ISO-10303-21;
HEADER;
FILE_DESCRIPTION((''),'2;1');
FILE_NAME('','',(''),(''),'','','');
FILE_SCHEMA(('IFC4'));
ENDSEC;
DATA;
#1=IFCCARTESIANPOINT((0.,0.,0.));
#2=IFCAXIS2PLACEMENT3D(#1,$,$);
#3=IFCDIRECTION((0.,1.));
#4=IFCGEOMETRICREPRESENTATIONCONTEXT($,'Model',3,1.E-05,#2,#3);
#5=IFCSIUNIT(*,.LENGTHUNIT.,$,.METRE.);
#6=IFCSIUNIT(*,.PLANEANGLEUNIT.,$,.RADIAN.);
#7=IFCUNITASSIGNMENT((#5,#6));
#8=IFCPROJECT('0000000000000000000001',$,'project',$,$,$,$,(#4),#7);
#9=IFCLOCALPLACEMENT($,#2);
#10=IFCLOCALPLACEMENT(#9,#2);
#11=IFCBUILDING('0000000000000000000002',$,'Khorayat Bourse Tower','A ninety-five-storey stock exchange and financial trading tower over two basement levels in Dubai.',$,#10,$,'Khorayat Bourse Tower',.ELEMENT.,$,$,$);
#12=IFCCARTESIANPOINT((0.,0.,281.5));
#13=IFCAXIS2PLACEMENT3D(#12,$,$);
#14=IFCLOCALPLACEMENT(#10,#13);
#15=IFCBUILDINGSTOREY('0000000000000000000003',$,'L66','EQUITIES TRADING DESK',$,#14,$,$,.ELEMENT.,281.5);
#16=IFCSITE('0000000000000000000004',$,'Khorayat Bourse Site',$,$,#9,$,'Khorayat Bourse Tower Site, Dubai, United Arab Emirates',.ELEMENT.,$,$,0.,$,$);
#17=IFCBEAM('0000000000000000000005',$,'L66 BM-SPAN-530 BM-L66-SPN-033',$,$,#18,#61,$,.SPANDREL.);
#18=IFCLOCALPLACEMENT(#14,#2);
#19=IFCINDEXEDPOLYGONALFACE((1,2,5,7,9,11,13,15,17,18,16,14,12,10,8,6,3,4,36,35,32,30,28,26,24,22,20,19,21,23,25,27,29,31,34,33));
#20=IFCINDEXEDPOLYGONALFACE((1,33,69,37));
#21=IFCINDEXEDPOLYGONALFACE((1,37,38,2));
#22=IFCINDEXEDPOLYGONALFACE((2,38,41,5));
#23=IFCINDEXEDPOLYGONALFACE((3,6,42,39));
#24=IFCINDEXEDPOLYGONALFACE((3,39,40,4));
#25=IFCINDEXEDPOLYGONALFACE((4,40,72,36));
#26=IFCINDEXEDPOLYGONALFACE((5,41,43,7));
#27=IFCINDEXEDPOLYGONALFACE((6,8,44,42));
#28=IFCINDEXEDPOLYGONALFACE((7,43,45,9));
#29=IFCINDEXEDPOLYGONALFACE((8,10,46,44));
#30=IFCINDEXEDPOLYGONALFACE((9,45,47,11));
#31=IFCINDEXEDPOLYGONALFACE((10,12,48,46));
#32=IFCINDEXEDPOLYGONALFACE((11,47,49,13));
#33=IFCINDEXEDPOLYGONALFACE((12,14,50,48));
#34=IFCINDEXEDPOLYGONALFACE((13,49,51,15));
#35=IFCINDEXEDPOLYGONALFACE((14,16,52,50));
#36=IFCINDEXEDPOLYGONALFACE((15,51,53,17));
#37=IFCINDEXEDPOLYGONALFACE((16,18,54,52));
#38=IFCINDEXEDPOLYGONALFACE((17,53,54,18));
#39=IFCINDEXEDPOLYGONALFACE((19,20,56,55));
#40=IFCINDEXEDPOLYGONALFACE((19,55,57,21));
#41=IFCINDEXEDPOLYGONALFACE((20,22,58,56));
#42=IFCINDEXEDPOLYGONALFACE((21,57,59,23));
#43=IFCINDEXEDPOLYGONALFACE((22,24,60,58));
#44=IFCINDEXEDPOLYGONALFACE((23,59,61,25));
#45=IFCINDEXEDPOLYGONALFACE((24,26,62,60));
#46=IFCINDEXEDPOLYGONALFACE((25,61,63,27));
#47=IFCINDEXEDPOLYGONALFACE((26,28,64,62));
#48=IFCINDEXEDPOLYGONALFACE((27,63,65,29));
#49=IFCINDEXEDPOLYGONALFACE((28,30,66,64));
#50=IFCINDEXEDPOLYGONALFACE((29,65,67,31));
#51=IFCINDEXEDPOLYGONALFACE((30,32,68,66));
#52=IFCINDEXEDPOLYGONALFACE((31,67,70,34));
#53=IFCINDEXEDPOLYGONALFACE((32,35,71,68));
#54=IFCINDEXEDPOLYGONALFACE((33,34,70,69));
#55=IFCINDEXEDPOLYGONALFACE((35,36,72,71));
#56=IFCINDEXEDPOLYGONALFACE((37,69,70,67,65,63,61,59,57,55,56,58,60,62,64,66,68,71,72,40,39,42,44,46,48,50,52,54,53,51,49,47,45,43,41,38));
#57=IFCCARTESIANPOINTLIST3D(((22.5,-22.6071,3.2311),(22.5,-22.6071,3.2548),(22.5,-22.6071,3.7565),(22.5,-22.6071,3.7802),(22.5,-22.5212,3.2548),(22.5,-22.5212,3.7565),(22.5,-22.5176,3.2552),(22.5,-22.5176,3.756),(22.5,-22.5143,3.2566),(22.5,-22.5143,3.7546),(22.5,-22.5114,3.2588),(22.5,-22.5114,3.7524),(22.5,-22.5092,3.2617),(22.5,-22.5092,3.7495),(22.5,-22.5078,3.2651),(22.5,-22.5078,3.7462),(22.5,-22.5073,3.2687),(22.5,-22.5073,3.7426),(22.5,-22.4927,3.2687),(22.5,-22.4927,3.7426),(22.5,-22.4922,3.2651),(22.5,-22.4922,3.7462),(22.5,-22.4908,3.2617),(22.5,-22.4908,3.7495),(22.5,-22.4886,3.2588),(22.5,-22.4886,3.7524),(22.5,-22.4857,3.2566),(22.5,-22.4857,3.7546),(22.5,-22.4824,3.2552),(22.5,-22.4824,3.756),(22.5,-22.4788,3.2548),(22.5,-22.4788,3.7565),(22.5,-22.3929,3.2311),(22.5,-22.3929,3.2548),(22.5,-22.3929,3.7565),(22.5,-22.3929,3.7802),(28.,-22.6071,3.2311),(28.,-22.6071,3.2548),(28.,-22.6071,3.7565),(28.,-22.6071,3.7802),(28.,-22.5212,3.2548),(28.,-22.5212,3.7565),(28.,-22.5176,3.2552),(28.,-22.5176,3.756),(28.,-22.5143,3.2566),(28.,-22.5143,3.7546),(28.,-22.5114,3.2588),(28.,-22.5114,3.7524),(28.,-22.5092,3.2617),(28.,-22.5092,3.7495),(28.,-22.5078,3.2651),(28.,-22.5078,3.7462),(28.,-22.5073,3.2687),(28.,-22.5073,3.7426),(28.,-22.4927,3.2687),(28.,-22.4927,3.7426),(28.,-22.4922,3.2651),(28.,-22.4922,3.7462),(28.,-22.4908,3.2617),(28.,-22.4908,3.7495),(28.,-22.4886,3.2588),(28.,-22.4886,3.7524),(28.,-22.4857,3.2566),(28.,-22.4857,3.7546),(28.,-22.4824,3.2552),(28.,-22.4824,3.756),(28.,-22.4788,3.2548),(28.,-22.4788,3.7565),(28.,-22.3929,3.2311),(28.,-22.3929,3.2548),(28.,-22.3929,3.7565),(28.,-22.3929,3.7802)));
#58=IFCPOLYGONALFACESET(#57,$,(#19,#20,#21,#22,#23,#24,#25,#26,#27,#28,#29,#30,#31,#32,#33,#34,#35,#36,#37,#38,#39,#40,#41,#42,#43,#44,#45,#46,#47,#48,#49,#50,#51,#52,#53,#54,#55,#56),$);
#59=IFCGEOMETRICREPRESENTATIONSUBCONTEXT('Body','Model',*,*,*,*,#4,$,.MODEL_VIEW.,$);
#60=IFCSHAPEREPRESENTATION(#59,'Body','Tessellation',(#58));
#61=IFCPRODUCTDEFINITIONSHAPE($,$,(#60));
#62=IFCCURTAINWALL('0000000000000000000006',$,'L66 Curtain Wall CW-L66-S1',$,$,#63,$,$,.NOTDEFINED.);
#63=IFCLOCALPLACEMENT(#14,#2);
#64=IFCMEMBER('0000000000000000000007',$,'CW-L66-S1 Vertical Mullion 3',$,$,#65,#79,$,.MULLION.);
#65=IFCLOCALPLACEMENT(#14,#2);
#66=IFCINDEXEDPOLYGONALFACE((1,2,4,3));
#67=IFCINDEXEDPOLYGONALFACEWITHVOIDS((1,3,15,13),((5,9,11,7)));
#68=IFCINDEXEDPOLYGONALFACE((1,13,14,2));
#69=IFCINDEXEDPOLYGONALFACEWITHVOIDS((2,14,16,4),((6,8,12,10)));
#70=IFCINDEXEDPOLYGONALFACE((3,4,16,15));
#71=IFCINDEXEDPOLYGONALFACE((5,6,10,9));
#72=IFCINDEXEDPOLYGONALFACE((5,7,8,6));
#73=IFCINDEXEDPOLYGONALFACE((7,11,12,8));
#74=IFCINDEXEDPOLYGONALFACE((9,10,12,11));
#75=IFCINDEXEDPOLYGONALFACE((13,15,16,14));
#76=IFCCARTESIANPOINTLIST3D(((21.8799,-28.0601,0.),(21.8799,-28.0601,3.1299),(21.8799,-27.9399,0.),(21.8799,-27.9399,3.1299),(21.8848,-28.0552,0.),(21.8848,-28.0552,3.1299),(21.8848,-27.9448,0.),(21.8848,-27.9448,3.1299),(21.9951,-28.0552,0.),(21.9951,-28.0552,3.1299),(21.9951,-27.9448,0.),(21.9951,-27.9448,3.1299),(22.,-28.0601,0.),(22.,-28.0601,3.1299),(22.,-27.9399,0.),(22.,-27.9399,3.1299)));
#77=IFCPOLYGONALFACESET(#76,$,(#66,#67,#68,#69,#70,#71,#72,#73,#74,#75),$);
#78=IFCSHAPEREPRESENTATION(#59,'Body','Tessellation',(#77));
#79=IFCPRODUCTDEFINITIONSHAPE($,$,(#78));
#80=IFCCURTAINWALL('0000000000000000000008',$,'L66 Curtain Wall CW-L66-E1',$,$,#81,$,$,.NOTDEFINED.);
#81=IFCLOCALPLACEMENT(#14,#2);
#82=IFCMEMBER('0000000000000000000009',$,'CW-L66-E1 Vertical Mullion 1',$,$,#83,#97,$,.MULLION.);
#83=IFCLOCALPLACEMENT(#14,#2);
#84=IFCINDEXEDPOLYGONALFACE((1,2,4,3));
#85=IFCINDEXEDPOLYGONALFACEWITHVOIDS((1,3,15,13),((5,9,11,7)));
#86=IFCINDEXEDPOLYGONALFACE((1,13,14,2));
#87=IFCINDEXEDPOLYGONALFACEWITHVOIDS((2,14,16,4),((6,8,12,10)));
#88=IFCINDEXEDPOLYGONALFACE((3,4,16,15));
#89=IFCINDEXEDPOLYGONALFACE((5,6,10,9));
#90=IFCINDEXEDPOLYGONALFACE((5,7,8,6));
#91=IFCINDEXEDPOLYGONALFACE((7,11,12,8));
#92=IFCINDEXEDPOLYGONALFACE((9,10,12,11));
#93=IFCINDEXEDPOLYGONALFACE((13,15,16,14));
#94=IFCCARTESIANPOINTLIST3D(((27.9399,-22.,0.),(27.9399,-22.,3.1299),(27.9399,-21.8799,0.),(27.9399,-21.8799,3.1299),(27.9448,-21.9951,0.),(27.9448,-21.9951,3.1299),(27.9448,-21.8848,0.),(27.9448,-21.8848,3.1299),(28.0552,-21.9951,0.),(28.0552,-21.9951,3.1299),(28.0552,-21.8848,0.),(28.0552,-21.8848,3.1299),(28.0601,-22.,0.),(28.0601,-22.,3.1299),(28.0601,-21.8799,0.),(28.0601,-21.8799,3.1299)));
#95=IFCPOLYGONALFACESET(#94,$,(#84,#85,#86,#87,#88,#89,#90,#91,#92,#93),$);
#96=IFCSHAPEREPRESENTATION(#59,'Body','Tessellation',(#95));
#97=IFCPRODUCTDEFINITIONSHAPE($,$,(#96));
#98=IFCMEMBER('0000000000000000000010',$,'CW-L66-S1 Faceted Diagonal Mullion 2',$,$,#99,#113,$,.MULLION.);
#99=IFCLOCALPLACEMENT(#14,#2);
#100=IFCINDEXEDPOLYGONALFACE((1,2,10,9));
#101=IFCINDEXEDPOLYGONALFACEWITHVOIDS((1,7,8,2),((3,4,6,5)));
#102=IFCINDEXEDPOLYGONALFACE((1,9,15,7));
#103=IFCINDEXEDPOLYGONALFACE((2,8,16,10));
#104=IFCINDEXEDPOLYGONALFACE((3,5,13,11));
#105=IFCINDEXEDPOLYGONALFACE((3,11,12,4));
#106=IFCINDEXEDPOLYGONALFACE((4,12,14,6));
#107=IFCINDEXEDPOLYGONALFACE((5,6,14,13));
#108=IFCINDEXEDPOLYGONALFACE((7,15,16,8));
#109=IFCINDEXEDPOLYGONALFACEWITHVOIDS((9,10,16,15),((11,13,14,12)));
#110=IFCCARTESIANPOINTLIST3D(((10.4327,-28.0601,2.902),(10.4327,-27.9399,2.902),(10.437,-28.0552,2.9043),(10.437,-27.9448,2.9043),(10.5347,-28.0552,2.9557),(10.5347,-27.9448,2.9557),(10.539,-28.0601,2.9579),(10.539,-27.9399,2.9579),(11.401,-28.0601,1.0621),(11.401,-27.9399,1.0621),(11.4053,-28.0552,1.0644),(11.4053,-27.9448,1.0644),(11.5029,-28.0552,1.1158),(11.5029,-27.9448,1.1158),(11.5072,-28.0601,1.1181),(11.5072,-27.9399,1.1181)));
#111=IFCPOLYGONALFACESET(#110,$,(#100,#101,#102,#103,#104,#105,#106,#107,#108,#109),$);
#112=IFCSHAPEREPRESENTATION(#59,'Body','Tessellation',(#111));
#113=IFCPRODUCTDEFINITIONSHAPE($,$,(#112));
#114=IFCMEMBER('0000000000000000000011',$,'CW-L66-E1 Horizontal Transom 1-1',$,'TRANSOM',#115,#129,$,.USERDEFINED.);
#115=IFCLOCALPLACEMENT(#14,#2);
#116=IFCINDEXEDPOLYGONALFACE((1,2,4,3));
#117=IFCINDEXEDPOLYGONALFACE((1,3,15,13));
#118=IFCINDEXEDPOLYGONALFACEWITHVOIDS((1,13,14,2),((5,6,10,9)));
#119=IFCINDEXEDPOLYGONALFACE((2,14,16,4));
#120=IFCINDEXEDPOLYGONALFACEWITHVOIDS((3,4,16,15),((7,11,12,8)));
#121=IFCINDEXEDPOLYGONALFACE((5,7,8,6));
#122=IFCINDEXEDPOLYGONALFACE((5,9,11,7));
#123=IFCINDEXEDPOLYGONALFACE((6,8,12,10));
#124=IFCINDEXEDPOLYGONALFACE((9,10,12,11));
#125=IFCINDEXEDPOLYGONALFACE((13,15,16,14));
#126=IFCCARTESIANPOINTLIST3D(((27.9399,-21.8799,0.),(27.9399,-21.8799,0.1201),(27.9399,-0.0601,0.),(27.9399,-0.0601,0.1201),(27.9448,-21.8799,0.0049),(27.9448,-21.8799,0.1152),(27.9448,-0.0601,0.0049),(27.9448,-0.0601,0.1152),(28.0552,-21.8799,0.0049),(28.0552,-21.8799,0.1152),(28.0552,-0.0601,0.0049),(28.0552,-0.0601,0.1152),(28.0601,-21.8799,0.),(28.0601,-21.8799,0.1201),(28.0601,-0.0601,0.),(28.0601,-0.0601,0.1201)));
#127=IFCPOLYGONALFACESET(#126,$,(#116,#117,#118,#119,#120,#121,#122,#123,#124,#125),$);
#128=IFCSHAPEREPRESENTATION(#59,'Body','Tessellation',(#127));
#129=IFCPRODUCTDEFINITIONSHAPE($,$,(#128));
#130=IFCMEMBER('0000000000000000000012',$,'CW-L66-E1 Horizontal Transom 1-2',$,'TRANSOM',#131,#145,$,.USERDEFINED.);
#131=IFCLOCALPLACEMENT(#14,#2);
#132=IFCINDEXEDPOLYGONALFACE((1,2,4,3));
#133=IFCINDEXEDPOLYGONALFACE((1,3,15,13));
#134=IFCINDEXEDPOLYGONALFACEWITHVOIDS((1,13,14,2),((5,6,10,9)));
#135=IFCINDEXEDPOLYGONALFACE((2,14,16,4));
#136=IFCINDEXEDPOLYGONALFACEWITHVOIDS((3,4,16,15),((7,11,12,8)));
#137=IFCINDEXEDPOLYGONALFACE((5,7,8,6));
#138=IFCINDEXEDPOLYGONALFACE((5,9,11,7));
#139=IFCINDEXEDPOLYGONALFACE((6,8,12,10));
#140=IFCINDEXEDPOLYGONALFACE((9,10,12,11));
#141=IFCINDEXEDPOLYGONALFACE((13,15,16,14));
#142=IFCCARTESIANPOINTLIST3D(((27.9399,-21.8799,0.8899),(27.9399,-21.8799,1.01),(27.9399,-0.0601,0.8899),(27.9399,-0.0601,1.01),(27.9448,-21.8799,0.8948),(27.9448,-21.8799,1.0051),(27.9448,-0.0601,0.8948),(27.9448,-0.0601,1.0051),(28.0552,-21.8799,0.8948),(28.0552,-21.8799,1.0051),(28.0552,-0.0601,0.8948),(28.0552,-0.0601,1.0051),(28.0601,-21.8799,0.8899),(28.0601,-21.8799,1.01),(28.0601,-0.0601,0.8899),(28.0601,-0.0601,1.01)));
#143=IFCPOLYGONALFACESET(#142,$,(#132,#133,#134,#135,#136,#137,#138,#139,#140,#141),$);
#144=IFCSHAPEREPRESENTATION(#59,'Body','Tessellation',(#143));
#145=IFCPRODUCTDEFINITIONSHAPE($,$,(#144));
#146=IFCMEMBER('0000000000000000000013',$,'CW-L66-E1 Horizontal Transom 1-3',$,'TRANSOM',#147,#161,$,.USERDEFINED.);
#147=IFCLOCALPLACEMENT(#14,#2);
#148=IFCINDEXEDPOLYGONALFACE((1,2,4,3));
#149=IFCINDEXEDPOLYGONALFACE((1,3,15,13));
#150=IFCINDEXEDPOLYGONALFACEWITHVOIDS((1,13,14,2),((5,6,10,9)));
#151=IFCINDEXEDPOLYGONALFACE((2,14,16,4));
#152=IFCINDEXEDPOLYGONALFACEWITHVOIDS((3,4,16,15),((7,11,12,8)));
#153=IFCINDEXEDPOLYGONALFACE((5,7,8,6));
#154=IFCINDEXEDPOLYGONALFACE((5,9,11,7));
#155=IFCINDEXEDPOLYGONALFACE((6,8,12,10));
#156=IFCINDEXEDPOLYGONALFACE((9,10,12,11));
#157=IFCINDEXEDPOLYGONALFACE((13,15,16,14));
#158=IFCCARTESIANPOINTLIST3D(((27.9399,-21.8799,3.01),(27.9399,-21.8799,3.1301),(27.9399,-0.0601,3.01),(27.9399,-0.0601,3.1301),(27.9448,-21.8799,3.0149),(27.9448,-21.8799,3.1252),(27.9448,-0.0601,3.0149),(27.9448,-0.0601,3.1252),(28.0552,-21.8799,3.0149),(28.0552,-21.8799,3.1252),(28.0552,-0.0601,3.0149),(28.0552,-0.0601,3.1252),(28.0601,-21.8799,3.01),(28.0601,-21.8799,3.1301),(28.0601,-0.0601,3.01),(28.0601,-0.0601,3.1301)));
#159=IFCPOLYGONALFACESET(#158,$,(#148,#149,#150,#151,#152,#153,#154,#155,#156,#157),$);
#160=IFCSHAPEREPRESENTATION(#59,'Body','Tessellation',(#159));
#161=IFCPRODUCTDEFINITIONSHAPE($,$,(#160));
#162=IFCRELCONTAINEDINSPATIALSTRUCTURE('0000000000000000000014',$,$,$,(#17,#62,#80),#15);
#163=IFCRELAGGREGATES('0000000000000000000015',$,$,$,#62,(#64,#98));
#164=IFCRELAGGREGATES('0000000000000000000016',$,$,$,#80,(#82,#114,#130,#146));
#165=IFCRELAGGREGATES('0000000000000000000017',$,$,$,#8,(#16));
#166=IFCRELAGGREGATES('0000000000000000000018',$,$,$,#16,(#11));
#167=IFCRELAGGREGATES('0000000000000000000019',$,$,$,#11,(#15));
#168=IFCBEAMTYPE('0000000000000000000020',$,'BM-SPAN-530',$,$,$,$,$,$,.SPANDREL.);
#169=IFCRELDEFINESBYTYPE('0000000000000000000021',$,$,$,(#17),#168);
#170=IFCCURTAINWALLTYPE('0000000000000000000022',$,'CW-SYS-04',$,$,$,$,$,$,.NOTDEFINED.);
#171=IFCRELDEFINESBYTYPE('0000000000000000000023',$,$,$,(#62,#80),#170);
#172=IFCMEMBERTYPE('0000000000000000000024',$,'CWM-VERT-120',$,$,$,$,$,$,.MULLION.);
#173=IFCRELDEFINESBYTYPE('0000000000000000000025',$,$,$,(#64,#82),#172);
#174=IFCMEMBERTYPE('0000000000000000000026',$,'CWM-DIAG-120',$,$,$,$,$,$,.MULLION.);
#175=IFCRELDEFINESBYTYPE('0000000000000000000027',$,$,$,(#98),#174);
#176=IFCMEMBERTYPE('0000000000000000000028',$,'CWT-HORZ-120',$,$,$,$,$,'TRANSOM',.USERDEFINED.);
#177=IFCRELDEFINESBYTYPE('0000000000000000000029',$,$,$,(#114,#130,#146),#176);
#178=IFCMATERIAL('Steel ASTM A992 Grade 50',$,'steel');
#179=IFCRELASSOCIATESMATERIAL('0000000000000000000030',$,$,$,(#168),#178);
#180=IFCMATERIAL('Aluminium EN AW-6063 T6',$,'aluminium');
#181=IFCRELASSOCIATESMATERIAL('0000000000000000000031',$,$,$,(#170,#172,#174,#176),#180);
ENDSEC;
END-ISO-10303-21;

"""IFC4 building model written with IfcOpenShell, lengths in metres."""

from ifc_helpers import new_model, si_unit, direction, frame, origin, origin_2d, place, context, subcontext, project, spatial, hollow_rectangle, i_section, extrude, source, transform, mapped, material, material_profile, profile_set, type_object, element, aggregate, save


model = new_model("IFC4")

# Units and contexts
model_context = context("Model", 3, precision=1e-05, world=origin(), true_north=direction((0.0, 1.0)))
body_context = subcontext(model_context, "Body", "Model", "MODEL_VIEW")
ifc_project = project(units=[si_unit("LENGTHUNIT", "METRE"), si_unit("PLANEANGLEUNIT", "RADIAN")], contexts=[model_context])

# Site, building, storey
site_placement = place(None, origin())
site = spatial("IfcSite", under=ifc_project, at=site_placement, Name="Khorayat Bourse Site", LongName="Khorayat Bourse Tower Site, Dubai, United Arab Emirates", CompositionType="ELEMENT", RefElevation=0.0)
building_placement = place(site_placement, origin())
building = spatial("IfcBuilding", under=site, at=building_placement, Name="Khorayat Bourse Tower", Description="A ninety-five-storey stock exchange and financial trading tower over two basement levels in Dubai.", LongName="Khorayat Bourse Tower", CompositionType="ELEMENT")
storey_placement = place(building_placement, frame((0.0, 0.0, 281.5)))
storey = spatial("IfcBuildingStorey", under=building, at=storey_placement, Name="L66", Description="EQUITIES TRADING DESK", CompositionType="ELEMENT", Elevation=281.5)

# Beam
ifc_material_1 = material(Name="Steel ASTM A992 Grade 50", Category="steel")
ifc_material_profile_1 = material_profile(ifc_material_1, i_section(OverallWidth=0.2141, OverallDepth=0.5491, WebThickness=0.0146, FlangeThickness=0.0237, FilletRadius=0.0139, at=origin_2d()), Name="W530X138")
ifc_profile_set_1 = profile_set([ifc_material_profile_1], Name="Steel ASTM A992 Grade 50")
beam_type_1 = type_object("IfcBeamType", Name="BM-SPAN-530", PredefinedType="SPANDREL", material=ifc_profile_set_1)
shared_shape_1 = source(origin(), body_context, "Body", "SweptSolid", [
    extrude(i_section(OverallWidth=0.2141, OverallDepth=0.5491, WebThickness=0.0146, FlangeThickness=0.0237, FilletRadius=0.0139, at=origin_2d()), origin(), (0.0, 0.0, 1.0), 5.5),
])
for number, where, z_axis, x_axis, name in (
    (1, (22.5, -22.5, 3.5056), (1.0, 0.0, 0.0), (0.0, 1.0, 0.0), "L66 BM-SPAN-530 BM-L66-SPN-033"),
):
    element("IfcBeam", number, at=place(storey_placement, frame(where, z_axis=z_axis, x_axis=x_axis)), inside=storey, type_object=beam_type_1, Name=name, PredefinedType="SPANDREL", context=body_context, shape_type="MappedRepresentation", body=[
        mapped(shared_shape_1, transform((0.0, 0.0, 0.0), scale=1.0)),
    ])

# Curtain walls, members
ifc_material_2 = material(Name="Aluminium EN AW-6063 T6", Category="aluminium")
curtain_wall_type = type_object("IfcCurtainWallType", Name="CW-SYS-04", PredefinedType="NOTDEFINED", material=ifc_material_2)
curtain_wall_1_placement = place(storey_placement, origin())
curtain_wall_1 = element("IfcCurtainWall", 2, at=curtain_wall_1_placement, inside=storey, type_object=curtain_wall_type, Name="L66 Curtain Wall CW-L66-S1", PredefinedType="NOTDEFINED")
ifc_material_profile_2 = material_profile(ifc_material_2, hollow_rectangle(XDim=0.1201, YDim=0.1201, WallThickness=0.0049, at=origin_2d()), Name="ALU 120x120x5")
ifc_profile_set_2 = profile_set([ifc_material_profile_2], Name="Aluminium EN AW-6063 T6")
member_type_1 = type_object("IfcMemberType", Name="CWM-VERT-120", PredefinedType="MULLION", material=ifc_profile_set_2)
shared_shape_2 = source(origin(), body_context, "Body", "SweptSolid", [
    extrude(hollow_rectangle(XDim=0.1201, YDim=0.1201, WallThickness=0.0049, at=origin_2d()), origin(), (0.0, 0.0, 1.0), 3.1299),
])
member_1_placement = place(storey_placement, frame((21.9399, -28.0, 0.0), z_axis=(0.0, 0.0, 1.0), x_axis=(0.0, 1.0, 0.0)))
member_1 = element("IfcMember", 3, at=member_1_placement, type_object=member_type_1, Name="CW-L66-S1 Vertical Mullion 3", PredefinedType="MULLION", context=body_context, shape_type="MappedRepresentation", body=[
    mapped(shared_shape_2, transform((0.0, 0.0, 0.0), scale=1.0)),
])
curtain_wall_2_placement = place(storey_placement, origin())
curtain_wall_2 = element("IfcCurtainWall", 4, at=curtain_wall_2_placement, inside=storey, type_object=curtain_wall_type, Name="L66 Curtain Wall CW-L66-E1", PredefinedType="NOTDEFINED")
member_2_placement = place(storey_placement, frame((28.0, -21.9399, 0.0), z_axis=(0.0, 0.0, 1.0), x_axis=(-1.0, 0.0, 0.0)))
member_2 = element("IfcMember", 5, at=member_2_placement, type_object=member_type_1, Name="CW-L66-E1 Vertical Mullion 1", PredefinedType="MULLION", context=body_context, shape_type="MappedRepresentation", body=[
    mapped(shared_shape_2, transform((0.0, 0.0, 0.0), scale=1.0)),
])

# Members
ifc_material_profile_3 = material_profile(ifc_material_2, hollow_rectangle(XDim=0.1201, YDim=0.1201, WallThickness=0.0049, at=origin_2d()), Name="ALU 120x120x5")
ifc_profile_set_3 = profile_set([ifc_material_profile_3], Name="Aluminium EN AW-6063 T6")
member_type_2 = type_object("IfcMemberType", Name="CWM-DIAG-120", PredefinedType="MULLION", material=ifc_profile_set_3)
shared_shape_3 = source(origin(), body_context, "Body", "SweptSolid", [
    extrude(hollow_rectangle(XDim=0.1201, YDim=0.1201, WallThickness=0.0049, at=origin_2d()), origin(), (0.0, 0.0, 1.0), 2.0791),
])
member_3_placement = place(storey_placement, frame((11.4541, -28.0, 1.0901), z_axis=(-0.465717, 0.0, 0.884934), x_axis=(0.0, -1.0, 0.0)))
member_3 = element("IfcMember", 6, at=member_3_placement, type_object=member_type_2, Name="CW-L66-S1 Faceted Diagonal Mullion 2", PredefinedType="MULLION", context=body_context, shape_type="MappedRepresentation", body=[
    mapped(shared_shape_3, transform((0.0, 0.0, 0.0), scale=1.0)),
])
aggregate(curtain_wall_1, [member_1, member_3])
ifc_material_profile_4 = material_profile(ifc_material_2, hollow_rectangle(XDim=0.1201, YDim=0.1201, WallThickness=0.0049, at=origin_2d()), Name="ALU 120x120x5")
ifc_profile_set_4 = profile_set([ifc_material_profile_4], Name="Aluminium EN AW-6063 T6")
member_type_3 = type_object("IfcMemberType", Name="CWT-HORZ-120", ElementType="TRANSOM", PredefinedType="USERDEFINED", material=ifc_profile_set_4)
shared_shape_4 = source(origin(), body_context, "Body", "SweptSolid", [
    extrude(hollow_rectangle(XDim=0.1201, YDim=0.1201, WallThickness=0.0049, at=origin_2d()), origin(), (0.0, 0.0, 1.0), 21.8198),
])
member_4_placement = place(storey_placement, frame((28.0, -21.8799, 0.0601), z_axis=(0.0, 1.0, 0.0), x_axis=(-1.0, 0.0, 0.0)))
member_4 = element("IfcMember", 7, at=member_4_placement, type_object=member_type_3, Name="CW-L66-E1 Horizontal Transom 1-1", ObjectType="TRANSOM", PredefinedType="USERDEFINED", context=body_context, shape_type="MappedRepresentation", body=[
    mapped(shared_shape_4, transform((0.0, 0.0, 0.0), scale=1.0)),
])
member_5_placement = place(storey_placement, frame((28.0, -21.8799, 0.95), z_axis=(0.0, 1.0, 0.0), x_axis=(-1.0, 0.0, 0.0)))
member_5 = element("IfcMember", 8, at=member_5_placement, type_object=member_type_3, Name="CW-L66-E1 Horizontal Transom 1-2", ObjectType="TRANSOM", PredefinedType="USERDEFINED", context=body_context, shape_type="MappedRepresentation", body=[
    mapped(shared_shape_4, transform((0.0, 0.0, 0.0), scale=1.0)),
])
member_6_placement = place(storey_placement, frame((28.0, -21.8799, 3.0701), z_axis=(0.0, 1.0, 0.0), x_axis=(-1.0, 0.0, 0.0)))
member_6 = element("IfcMember", 9, at=member_6_placement, type_object=member_type_3, Name="CW-L66-E1 Horizontal Transom 1-3", ObjectType="TRANSOM", PredefinedType="USERDEFINED", context=body_context, shape_type="MappedRepresentation", body=[
    mapped(shared_shape_4, transform((0.0, 0.0, 0.0), scale=1.0)),
])
aggregate(curtain_wall_2, [member_2, member_4, member_5, member_6])

save(model, "model.ifc")
